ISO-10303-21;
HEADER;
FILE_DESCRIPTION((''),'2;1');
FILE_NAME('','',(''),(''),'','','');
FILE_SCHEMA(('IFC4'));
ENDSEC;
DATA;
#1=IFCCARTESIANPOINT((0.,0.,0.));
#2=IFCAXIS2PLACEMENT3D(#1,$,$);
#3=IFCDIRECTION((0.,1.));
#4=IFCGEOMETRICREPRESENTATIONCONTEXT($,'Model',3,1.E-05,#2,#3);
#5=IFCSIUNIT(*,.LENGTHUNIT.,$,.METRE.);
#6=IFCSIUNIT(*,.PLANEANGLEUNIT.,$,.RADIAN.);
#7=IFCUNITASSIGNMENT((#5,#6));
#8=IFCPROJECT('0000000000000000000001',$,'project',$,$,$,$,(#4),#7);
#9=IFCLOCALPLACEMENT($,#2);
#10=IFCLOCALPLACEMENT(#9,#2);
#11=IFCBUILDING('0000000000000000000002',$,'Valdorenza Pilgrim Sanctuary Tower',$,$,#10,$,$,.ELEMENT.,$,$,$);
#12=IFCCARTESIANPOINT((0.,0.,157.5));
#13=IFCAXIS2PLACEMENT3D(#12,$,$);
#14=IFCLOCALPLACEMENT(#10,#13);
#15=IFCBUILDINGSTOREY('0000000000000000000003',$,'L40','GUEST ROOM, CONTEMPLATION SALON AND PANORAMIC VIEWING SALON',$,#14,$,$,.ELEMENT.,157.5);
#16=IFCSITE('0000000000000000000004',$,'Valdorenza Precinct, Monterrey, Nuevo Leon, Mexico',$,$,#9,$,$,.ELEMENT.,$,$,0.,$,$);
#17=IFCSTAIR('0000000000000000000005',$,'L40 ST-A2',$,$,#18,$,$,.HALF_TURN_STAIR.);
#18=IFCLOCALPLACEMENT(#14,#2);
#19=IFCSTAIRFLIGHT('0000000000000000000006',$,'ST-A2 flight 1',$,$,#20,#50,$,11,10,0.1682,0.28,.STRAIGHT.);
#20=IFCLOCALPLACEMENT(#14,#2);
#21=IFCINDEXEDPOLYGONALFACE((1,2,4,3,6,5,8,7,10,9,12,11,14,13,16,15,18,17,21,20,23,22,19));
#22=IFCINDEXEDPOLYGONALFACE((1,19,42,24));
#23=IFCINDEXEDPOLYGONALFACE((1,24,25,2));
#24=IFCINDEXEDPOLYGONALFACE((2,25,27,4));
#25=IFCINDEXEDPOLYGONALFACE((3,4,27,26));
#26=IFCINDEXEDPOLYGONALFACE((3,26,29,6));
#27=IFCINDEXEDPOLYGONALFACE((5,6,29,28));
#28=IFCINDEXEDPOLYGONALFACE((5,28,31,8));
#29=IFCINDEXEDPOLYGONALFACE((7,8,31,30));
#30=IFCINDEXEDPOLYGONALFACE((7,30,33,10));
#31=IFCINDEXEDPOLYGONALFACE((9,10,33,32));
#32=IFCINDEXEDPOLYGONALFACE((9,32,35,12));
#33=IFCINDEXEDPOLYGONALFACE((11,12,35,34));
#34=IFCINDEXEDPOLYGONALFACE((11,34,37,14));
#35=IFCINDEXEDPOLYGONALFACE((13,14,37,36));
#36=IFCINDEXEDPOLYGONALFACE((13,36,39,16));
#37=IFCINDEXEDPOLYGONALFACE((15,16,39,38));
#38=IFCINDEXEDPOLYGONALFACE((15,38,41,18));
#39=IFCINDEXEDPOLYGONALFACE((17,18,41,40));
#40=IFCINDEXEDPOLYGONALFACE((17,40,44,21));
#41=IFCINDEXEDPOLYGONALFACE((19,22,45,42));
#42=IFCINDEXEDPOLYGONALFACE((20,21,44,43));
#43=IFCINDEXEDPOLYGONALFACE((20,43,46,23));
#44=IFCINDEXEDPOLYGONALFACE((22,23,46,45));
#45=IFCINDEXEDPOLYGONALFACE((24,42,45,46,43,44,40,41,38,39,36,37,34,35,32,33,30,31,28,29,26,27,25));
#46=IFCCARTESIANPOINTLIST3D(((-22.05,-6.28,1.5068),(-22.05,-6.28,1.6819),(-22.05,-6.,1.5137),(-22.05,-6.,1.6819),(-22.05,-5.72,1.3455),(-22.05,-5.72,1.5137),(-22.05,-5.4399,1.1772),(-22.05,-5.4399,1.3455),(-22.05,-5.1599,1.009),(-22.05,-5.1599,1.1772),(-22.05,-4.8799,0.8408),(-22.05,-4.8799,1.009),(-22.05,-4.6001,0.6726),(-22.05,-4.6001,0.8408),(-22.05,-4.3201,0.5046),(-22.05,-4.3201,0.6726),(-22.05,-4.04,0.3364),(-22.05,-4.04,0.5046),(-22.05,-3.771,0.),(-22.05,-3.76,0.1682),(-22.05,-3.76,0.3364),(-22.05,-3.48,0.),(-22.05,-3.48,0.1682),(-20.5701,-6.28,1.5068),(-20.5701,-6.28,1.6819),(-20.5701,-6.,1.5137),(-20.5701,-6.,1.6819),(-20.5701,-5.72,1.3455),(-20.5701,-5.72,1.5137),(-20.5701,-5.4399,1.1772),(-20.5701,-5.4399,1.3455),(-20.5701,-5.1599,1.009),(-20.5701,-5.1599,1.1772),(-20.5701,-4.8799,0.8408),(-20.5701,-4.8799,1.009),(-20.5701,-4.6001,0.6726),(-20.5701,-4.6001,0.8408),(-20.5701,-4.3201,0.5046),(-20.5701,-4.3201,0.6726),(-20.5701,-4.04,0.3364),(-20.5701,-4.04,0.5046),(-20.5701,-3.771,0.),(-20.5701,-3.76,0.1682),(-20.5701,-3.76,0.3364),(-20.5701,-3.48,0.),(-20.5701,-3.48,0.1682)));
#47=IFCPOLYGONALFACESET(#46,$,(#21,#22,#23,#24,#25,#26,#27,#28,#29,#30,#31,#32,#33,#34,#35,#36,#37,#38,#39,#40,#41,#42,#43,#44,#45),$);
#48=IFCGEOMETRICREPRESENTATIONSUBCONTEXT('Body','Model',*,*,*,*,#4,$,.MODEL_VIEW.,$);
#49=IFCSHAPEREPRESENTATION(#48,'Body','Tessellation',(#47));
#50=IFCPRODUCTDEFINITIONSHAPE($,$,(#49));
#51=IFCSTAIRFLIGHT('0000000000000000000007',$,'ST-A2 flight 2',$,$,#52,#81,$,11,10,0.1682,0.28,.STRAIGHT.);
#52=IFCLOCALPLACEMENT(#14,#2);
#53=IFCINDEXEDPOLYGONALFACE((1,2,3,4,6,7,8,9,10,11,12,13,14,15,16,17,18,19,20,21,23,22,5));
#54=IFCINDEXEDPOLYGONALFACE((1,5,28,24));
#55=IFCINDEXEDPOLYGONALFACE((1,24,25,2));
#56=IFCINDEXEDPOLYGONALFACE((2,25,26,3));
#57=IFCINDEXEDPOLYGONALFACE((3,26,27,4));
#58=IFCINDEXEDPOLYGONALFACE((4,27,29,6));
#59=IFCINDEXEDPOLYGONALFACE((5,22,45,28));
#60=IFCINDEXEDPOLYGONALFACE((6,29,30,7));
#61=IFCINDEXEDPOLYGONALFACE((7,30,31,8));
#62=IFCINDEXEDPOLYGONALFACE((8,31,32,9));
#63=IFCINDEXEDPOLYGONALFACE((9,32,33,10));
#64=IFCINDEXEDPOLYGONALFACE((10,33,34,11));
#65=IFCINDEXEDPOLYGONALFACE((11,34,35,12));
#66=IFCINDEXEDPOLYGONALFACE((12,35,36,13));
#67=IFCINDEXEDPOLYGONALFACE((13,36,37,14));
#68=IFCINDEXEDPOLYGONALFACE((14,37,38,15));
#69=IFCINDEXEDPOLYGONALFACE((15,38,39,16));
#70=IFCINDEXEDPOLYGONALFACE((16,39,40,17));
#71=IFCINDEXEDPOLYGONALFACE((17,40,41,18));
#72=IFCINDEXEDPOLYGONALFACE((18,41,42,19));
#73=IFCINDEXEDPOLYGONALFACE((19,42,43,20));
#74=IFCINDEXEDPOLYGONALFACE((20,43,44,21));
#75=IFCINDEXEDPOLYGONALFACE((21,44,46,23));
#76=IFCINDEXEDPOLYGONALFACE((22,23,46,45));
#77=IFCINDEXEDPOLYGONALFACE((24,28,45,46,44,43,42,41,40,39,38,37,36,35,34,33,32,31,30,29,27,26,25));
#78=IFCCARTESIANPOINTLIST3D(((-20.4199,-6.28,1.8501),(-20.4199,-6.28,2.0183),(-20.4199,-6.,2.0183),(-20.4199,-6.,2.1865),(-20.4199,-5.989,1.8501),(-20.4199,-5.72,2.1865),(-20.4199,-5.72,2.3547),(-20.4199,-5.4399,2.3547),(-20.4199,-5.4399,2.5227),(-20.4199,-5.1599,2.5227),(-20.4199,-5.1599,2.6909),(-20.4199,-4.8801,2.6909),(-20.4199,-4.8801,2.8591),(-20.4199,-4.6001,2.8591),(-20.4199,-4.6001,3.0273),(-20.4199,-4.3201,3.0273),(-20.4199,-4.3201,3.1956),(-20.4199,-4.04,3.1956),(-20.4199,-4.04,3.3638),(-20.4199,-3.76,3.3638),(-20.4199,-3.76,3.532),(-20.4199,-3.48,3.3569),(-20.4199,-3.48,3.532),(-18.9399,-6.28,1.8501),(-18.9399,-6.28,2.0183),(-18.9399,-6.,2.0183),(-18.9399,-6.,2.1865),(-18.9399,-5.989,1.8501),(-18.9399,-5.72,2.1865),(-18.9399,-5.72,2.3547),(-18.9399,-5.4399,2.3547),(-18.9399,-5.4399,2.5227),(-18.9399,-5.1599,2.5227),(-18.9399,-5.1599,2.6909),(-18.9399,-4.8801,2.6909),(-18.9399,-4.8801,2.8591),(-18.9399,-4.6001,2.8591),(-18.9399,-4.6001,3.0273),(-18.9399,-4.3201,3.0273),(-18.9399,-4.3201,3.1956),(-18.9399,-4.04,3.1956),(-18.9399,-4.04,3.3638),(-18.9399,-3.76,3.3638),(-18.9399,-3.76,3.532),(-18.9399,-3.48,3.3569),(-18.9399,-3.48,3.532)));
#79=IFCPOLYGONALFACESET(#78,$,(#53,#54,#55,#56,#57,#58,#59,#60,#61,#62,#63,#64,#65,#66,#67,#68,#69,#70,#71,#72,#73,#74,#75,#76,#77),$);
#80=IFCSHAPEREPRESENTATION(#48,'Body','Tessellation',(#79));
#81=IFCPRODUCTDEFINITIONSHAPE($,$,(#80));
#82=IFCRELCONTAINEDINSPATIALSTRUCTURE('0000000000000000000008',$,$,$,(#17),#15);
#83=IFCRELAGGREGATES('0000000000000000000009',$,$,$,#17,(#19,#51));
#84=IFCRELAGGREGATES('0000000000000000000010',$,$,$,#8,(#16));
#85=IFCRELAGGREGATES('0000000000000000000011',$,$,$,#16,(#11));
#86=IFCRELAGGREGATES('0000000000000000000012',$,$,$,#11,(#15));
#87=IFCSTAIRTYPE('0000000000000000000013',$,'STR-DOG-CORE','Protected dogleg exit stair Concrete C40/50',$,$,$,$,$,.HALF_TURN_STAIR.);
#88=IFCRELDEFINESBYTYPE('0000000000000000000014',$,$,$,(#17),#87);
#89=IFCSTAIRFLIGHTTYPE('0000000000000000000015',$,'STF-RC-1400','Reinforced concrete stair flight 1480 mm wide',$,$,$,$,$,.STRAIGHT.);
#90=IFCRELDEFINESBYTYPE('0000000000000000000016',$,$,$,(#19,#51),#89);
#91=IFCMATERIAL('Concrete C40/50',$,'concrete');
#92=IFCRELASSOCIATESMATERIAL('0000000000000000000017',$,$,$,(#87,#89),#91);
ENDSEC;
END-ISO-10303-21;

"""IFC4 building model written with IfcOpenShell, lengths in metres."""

from ifc_helpers import new_model, si_unit, direction, frame, origin, place, context, subcontext, project, spatial, polyline, outline, extrude, material, type_object, element, aggregate, save


model = new_model("IFC4")

# Units and contexts
model_context = context("Model", 3, precision=1e-05, world=origin(), true_north=direction((0.0, 1.0)))
body_context = subcontext(model_context, "Body", "Model", "MODEL_VIEW")
ifc_project = project(units=[si_unit("LENGTHUNIT", "METRE"), si_unit("PLANEANGLEUNIT", "RADIAN")], contexts=[model_context])

# Site, building, storey
site_placement = place(None, origin())
site = spatial("IfcSite", under=ifc_project, at=site_placement, Name="Valdorenza Precinct, Monterrey, Nuevo Leon, Mexico", CompositionType="ELEMENT", RefElevation=0.0)
building_placement = place(site_placement, origin())
building = spatial("IfcBuilding", under=site, at=building_placement, Name="Valdorenza Pilgrim Sanctuary Tower", CompositionType="ELEMENT")
storey_placement = place(building_placement, frame((0.0, 0.0, 157.5)))
storey = spatial("IfcBuildingStorey", under=building, at=storey_placement, Name="L40", Description="GUEST ROOM, CONTEMPLATION SALON AND PANORAMIC VIEWING SALON", CompositionType="ELEMENT", Elevation=157.5)

# Stair, stair flights
ifc_material_1 = material(Name="Concrete C40/50", Category="concrete")
stair_type = type_object("IfcStairType", Name="STR-DOG-CORE", Description="Protected dogleg exit stair Concrete C40/50", PredefinedType="HALF_TURN_STAIR", material=ifc_material_1)
stair_placement = place(storey_placement, origin())
stair = element("IfcStair", 1, at=stair_placement, inside=storey, type_object=stair_type, Name="L40 ST-A2", PredefinedType="HALF_TURN_STAIR")
stair_flight_type = type_object("IfcStairFlightType", Name="STF-RC-1400", Description="Reinforced concrete stair flight 1480 mm wide", PredefinedType="STRAIGHT", material=ifc_material_1)
stair_flight_1_placement = place(storey_placement, frame((-21.3101, -3.48, 0.0), z_axis=(0.0, 0.0, 1.0), x_axis=(0.0, -1.0, 0.0)))
stair_flight_1 = element("IfcStairFlight", 2, at=stair_flight_1_placement, type_object=stair_flight_type, Name="ST-A2 flight 1", NumberOfRisers=11, NumberOfTreads=10, PredefinedType="STRAIGHT", RiserHeight=0.1682, TreadLength=0.28, context=body_context, shape_type="SweptSolid", body=[
    extrude(outline(polyline([(0.0, 0.0), (0.0, 0.1682), (0.28, 0.1682), (0.28, 0.3364), (0.5601, 0.3364), (0.5601, 0.5046), (0.8401, 0.5046), (0.8401, 0.6726), (1.1201, 0.6726), (1.1201, 0.8408), (1.3999, 0.8408), (1.3999, 1.009), (1.6799, 1.009), (1.6799, 1.1772), (1.96, 1.1772), (1.96, 1.3455), (2.24, 1.3455), (2.24, 1.5137), (2.52, 1.5137), (2.52, 1.6819), (2.8, 1.6819), (2.8, 1.8501), (2.8, 1.5068), (0.291, 0.0), (0.0, 0.0)])), frame((0.0, 0.74, 0.0), z_axis=(0.0, -1.0, 0.0), x_axis=(1.0, 0.0, 0.0)), (0.0, 0.0, 1.0), 1.48),
])
stair_flight_2_placement = place(storey_placement, frame((-19.6799, -6.28, 1.8501), z_axis=(0.0, 0.0, 1.0), x_axis=(0.0, 1.0, 0.0)))
stair_flight_2 = element("IfcStairFlight", 3, at=stair_flight_2_placement, type_object=stair_flight_type, Name="ST-A2 flight 2", NumberOfRisers=11, NumberOfTreads=10, PredefinedType="STRAIGHT", RiserHeight=0.1682, TreadLength=0.28, context=body_context, shape_type="SweptSolid", body=[
    extrude(outline(polyline([(0.0, 0.0), (0.0, 0.1682), (0.28, 0.1682), (0.28, 0.3364), (0.5601, 0.3364), (0.5601, 0.5046), (0.8401, 0.5046), (0.8401, 0.6726), (1.1201, 0.6726), (1.1201, 0.8408), (1.3999, 0.8408), (1.3999, 1.009), (1.6799, 1.009), (1.6799, 1.1772), (1.96, 1.1772), (1.96, 1.3455), (2.24, 1.3455), (2.24, 1.5137), (2.52, 1.5137), (2.52, 1.6819), (2.8, 1.6819), (2.8, 1.8501), (2.8, 1.5068), (0.291, 0.0), (0.0, 0.0)])), frame((0.0, 0.74, 0.0), z_axis=(0.0, -1.0, 0.0), x_axis=(1.0, 0.0, 0.0)), (0.0, 0.0, 1.0), 1.48),
])
aggregate(stair, [stair_flight_1, stair_flight_2])

save(model, "model.ifc")
